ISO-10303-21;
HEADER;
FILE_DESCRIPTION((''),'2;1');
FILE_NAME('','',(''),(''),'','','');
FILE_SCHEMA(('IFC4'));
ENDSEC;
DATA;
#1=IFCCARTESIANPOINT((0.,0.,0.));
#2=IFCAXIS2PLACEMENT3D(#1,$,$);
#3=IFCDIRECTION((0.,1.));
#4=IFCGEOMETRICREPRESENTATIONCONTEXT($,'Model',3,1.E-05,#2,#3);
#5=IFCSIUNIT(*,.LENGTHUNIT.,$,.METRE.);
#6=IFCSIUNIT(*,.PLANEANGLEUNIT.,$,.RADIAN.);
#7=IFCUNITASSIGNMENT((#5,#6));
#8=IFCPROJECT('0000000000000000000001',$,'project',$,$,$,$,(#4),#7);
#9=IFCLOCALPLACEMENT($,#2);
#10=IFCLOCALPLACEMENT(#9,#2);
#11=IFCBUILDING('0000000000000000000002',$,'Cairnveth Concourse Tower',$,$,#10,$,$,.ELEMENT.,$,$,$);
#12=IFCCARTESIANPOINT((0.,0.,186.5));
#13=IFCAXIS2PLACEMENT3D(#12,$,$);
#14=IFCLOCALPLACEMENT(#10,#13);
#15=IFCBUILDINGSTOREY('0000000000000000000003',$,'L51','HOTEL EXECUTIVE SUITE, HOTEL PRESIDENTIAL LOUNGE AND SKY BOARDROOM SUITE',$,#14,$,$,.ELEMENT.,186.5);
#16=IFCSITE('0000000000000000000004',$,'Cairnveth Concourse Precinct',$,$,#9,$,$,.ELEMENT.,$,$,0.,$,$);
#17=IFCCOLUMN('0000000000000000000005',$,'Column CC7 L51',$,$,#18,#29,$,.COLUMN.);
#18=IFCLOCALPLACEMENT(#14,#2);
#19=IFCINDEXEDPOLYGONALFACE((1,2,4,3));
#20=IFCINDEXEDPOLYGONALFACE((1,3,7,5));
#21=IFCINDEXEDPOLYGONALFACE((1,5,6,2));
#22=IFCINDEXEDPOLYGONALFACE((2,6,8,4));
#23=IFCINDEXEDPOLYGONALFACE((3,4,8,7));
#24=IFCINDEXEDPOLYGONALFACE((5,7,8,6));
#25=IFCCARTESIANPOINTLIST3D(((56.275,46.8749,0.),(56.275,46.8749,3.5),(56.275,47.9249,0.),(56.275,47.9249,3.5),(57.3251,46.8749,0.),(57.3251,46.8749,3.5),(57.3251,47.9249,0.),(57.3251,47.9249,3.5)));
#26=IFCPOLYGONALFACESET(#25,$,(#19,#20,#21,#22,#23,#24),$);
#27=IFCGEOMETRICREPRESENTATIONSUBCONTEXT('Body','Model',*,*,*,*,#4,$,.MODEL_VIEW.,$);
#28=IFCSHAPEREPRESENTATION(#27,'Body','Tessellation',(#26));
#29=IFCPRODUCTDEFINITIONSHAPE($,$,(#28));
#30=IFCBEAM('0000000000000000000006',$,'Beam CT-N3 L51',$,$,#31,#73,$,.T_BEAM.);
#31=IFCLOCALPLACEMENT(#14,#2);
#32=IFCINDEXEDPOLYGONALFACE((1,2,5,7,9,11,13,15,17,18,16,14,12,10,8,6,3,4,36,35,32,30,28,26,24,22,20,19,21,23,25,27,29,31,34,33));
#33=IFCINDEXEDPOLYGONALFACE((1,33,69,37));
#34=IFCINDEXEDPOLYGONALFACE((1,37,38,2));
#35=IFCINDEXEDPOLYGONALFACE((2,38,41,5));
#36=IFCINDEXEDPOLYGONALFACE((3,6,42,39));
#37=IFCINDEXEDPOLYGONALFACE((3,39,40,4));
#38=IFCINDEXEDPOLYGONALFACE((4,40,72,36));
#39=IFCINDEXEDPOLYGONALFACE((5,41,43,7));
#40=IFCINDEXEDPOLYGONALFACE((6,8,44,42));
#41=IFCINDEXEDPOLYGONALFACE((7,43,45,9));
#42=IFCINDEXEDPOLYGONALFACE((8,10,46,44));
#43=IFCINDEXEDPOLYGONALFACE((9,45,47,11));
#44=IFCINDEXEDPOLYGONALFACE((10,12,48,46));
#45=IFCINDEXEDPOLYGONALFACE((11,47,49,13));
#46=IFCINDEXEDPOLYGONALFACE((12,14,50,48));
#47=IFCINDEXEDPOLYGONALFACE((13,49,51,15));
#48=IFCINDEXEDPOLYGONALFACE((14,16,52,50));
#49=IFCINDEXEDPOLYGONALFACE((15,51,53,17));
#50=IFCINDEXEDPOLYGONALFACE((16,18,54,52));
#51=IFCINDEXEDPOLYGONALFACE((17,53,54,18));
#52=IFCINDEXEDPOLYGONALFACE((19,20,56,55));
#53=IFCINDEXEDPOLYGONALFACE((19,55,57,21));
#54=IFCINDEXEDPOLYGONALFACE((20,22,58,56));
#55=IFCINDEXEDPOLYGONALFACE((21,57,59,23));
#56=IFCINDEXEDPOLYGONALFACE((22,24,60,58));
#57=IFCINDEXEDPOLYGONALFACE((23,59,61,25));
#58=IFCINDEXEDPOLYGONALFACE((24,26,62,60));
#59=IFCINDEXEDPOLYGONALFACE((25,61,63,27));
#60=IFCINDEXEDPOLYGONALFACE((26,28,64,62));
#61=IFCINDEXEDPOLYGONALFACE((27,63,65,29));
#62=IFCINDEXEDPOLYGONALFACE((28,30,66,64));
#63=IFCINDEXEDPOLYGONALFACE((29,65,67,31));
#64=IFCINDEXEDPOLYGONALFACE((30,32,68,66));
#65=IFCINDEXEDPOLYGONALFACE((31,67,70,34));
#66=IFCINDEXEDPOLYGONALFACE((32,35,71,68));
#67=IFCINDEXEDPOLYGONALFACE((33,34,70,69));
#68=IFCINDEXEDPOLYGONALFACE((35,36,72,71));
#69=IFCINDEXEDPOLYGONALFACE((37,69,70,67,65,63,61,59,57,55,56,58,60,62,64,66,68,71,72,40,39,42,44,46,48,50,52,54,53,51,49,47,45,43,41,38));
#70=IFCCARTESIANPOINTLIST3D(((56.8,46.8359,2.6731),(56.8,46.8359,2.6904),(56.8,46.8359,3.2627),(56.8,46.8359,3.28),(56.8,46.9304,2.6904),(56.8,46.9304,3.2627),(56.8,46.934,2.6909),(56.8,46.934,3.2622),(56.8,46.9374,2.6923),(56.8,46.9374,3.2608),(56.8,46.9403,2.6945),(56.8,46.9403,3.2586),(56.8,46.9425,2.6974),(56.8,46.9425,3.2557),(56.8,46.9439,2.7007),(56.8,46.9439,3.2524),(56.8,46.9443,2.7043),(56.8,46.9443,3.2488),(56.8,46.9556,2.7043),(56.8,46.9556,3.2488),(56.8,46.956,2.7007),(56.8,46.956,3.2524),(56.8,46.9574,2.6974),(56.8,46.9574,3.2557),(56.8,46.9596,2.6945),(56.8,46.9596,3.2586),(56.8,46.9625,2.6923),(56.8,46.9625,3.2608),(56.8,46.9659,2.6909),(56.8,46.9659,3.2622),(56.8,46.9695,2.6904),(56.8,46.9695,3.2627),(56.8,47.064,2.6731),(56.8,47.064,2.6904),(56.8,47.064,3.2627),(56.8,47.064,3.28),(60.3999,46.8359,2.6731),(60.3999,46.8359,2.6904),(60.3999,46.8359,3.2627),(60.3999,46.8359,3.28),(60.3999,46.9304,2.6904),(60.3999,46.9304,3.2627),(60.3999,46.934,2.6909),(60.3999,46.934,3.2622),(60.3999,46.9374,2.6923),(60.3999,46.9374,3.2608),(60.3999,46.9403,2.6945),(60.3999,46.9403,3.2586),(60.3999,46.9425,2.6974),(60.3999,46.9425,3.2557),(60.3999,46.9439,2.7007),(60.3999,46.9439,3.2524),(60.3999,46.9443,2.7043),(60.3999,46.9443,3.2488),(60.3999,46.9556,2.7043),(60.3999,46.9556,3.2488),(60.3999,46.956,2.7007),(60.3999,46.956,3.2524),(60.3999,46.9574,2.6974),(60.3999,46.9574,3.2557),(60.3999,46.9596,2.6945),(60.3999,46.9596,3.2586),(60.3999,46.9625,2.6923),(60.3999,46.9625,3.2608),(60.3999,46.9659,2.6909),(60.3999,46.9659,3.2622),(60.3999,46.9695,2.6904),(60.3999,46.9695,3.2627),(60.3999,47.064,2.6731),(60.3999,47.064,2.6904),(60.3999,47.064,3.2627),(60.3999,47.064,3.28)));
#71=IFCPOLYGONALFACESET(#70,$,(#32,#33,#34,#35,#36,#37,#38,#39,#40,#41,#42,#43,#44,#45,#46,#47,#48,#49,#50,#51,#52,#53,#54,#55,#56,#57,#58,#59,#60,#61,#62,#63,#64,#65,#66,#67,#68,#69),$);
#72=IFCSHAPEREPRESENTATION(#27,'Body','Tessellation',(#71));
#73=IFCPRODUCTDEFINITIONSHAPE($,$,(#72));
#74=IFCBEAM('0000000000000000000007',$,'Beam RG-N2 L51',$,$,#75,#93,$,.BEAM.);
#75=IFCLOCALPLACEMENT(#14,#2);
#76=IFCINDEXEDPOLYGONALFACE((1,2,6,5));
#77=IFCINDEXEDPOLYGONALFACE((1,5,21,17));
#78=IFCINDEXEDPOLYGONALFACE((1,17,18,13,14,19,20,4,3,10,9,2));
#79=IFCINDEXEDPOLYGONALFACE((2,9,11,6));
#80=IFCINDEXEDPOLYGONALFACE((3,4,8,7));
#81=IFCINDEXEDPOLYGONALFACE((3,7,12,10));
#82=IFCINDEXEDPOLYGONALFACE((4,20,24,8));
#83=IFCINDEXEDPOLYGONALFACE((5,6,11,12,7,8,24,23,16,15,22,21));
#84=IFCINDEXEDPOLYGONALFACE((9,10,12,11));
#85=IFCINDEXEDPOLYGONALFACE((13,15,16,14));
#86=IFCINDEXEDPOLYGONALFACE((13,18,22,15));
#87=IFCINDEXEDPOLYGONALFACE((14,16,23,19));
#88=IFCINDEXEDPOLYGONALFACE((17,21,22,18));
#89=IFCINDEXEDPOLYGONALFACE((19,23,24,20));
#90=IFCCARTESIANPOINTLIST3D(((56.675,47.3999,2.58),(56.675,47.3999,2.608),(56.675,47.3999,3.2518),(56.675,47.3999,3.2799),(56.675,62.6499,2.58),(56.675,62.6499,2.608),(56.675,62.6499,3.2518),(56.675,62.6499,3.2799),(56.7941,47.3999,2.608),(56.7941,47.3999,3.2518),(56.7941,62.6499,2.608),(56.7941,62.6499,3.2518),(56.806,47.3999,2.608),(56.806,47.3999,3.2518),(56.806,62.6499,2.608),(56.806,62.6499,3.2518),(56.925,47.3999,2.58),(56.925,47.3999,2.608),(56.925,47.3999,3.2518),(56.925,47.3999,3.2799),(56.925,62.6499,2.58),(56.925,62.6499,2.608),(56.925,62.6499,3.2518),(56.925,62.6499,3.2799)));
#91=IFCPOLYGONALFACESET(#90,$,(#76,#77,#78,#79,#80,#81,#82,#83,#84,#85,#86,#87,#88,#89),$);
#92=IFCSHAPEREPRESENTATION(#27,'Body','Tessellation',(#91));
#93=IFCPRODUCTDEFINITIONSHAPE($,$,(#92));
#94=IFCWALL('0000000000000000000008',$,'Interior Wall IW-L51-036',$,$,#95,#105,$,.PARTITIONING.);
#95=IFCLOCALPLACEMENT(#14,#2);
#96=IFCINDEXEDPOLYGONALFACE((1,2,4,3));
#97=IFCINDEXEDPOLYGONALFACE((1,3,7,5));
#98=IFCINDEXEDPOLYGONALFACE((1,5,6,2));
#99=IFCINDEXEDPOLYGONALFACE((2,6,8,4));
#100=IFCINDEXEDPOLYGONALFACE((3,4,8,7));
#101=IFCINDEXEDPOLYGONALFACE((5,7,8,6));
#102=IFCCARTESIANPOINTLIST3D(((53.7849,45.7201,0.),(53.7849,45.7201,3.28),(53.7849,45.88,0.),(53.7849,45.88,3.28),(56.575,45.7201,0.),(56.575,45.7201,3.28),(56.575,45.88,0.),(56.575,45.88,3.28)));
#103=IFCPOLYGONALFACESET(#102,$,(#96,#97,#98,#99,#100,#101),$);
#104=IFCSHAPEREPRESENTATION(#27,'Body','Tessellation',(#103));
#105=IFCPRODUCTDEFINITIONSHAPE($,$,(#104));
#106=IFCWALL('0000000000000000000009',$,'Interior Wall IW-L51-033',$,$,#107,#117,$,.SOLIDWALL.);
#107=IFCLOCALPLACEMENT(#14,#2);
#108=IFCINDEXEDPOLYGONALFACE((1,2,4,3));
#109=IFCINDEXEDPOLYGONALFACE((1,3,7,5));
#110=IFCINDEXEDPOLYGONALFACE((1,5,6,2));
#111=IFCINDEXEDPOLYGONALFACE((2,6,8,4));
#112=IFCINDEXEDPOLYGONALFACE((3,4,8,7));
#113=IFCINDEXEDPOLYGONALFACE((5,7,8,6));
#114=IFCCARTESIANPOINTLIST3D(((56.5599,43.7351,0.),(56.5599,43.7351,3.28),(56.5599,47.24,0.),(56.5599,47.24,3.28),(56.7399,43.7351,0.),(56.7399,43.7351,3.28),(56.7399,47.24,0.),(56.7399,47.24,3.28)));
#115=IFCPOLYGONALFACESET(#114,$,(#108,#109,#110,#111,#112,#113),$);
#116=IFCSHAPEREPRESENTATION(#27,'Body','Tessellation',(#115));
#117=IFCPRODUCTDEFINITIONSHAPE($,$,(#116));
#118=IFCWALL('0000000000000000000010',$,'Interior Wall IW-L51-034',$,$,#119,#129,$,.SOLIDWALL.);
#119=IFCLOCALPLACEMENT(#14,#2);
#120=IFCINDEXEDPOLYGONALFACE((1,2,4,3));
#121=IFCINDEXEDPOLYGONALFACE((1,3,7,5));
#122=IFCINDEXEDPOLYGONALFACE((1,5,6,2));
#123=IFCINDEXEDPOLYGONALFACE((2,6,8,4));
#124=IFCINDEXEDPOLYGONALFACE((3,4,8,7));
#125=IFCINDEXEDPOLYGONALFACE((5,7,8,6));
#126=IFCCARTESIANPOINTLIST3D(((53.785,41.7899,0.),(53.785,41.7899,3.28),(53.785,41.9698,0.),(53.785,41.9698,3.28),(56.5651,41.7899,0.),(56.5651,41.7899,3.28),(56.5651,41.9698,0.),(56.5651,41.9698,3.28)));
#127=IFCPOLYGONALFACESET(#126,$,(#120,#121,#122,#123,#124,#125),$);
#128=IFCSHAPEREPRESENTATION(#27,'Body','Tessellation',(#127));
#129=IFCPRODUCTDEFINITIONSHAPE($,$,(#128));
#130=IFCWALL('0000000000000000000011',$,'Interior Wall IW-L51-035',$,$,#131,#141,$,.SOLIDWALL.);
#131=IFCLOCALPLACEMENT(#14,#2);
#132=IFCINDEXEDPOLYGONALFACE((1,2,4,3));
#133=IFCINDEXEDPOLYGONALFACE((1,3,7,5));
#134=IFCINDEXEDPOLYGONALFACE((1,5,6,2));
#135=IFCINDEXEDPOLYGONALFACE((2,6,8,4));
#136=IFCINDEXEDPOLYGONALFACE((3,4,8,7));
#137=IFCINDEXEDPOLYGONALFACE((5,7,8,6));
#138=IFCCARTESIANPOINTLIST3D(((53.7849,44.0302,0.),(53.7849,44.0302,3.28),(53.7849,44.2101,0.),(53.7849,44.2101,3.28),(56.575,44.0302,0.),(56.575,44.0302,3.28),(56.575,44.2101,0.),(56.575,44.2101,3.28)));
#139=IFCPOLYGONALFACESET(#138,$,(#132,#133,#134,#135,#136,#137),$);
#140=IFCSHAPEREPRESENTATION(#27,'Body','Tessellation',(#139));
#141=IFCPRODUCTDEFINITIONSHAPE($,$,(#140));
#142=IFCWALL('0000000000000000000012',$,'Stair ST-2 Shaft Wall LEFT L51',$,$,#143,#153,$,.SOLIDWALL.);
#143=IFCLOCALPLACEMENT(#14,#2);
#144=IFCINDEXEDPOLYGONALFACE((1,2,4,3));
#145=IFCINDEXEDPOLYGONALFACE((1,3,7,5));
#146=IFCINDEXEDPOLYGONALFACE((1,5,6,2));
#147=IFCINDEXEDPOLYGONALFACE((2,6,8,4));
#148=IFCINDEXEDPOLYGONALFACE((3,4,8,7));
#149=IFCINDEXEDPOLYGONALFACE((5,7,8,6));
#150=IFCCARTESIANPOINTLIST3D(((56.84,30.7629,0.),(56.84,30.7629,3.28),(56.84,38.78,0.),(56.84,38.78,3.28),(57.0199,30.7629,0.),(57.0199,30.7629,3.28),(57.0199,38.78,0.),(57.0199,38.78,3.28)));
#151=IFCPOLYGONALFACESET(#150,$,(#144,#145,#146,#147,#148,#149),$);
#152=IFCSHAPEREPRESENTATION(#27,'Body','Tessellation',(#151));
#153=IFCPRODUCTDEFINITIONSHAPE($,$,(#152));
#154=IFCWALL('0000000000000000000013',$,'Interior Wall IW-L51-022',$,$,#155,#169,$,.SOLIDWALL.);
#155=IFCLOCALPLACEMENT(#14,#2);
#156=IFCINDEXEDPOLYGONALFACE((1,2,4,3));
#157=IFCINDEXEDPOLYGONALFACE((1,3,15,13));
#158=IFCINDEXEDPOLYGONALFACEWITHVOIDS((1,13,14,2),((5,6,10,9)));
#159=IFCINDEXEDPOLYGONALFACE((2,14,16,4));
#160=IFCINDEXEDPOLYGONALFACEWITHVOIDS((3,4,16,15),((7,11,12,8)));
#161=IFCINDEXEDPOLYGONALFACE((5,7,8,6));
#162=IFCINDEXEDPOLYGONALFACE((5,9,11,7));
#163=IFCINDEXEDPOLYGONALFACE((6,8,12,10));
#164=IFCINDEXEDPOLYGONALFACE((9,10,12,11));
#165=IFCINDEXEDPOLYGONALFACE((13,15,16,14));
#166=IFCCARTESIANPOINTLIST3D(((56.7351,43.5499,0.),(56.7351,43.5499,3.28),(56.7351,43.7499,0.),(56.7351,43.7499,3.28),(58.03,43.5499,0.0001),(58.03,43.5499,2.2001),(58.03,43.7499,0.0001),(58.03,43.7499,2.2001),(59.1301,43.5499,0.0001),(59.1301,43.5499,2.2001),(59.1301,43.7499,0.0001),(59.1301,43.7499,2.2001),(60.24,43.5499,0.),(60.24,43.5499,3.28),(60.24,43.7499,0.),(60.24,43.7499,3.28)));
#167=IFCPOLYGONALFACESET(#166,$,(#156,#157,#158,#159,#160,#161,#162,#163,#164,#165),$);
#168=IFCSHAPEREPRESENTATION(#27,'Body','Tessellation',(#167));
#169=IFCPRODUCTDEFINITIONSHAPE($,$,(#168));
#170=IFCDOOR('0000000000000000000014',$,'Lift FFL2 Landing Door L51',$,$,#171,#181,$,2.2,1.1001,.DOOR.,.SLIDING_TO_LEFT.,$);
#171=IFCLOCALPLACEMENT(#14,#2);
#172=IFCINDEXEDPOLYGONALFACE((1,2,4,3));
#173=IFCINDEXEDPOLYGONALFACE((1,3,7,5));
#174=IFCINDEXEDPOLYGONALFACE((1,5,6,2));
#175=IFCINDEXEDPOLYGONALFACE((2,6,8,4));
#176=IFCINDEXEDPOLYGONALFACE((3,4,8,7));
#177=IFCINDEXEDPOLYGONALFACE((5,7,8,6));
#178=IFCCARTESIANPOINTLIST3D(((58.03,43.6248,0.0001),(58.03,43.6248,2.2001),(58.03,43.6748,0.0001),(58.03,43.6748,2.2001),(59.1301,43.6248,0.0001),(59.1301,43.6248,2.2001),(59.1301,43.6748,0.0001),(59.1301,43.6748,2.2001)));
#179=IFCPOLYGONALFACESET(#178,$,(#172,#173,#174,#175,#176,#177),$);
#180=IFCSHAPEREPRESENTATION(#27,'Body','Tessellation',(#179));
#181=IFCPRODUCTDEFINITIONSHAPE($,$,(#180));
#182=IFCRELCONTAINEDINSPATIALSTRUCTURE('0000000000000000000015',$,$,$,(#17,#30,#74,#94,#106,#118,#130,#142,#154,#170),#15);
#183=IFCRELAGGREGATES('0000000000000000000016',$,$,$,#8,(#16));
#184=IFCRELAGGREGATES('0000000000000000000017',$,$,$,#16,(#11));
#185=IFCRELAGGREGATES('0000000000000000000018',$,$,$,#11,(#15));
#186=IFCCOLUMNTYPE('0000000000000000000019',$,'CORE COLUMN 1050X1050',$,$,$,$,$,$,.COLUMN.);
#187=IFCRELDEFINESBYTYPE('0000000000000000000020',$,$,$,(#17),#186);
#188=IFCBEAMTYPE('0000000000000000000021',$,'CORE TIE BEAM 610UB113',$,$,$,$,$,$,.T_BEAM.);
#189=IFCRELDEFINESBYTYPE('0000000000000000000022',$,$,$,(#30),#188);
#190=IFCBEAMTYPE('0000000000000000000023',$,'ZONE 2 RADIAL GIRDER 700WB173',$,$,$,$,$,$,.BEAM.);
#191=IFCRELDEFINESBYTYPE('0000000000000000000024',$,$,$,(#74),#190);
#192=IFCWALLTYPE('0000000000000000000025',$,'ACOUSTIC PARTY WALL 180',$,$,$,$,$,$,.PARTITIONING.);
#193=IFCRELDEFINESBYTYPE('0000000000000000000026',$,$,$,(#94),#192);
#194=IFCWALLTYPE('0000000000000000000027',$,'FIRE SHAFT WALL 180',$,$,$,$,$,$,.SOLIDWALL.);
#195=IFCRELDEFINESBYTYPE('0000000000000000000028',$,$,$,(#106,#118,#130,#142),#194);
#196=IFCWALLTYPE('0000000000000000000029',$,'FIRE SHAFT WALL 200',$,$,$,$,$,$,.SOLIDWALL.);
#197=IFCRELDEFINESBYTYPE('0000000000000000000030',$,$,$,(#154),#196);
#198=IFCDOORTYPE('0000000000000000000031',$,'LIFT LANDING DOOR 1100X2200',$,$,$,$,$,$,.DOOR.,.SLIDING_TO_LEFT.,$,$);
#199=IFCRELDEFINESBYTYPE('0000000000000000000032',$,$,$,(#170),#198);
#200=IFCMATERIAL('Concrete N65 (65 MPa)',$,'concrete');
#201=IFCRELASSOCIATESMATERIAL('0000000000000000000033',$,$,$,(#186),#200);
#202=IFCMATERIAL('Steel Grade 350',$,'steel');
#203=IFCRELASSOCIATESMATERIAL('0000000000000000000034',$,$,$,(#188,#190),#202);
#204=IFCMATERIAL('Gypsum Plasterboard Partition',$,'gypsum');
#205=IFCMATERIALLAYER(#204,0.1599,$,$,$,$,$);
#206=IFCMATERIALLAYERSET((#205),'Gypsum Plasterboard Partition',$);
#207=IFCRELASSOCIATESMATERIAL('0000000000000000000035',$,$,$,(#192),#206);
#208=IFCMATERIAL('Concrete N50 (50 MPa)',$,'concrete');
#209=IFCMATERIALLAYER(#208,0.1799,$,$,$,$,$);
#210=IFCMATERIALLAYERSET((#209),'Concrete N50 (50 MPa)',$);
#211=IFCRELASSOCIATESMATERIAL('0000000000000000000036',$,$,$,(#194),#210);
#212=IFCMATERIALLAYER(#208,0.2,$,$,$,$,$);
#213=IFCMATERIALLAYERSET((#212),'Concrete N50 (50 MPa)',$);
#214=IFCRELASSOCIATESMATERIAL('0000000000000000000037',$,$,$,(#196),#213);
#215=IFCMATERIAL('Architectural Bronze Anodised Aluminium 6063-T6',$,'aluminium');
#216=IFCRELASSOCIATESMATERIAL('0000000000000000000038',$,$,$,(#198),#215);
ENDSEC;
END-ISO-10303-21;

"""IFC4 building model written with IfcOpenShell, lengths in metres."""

from ifc_helpers import new_model, si_unit, direction, frame, frame_2d, origin, origin_2d, place, context, subcontext, project, spatial, rectangle, i_section, extrude, material, layer, layer_set, material_profile, profile_set, type_object, element, fill, save


model = new_model("IFC4")

# Units and contexts
model_context = context("Model", 3, precision=1e-05, world=origin(), true_north=direction((0.0, 1.0)))
body_context = subcontext(model_context, "Body", "Model", "MODEL_VIEW")
ifc_project = project(units=[si_unit("LENGTHUNIT", "METRE"), si_unit("PLANEANGLEUNIT", "RADIAN")], contexts=[model_context])

# Site, building, storey
site_placement = place(None, origin())
site = spatial("IfcSite", under=ifc_project, at=site_placement, Name="Cairnveth Concourse Precinct", CompositionType="ELEMENT", RefElevation=0.0)
building_placement = place(site_placement, origin())
building = spatial("IfcBuilding", under=site, at=building_placement, Name="Cairnveth Concourse Tower", CompositionType="ELEMENT")
storey_placement = place(building_placement, frame((0.0, 0.0, 186.5)))
storey = spatial("IfcBuildingStorey", under=building, at=storey_placement, Name="L51", Description="HOTEL EXECUTIVE SUITE, HOTEL PRESIDENTIAL LOUNGE AND SKY BOARDROOM SUITE", CompositionType="ELEMENT", Elevation=186.5)

# Column
ifc_material_1 = material(Name="Concrete N65 (65 MPa)", Category="concrete")
ifc_material_profile_1 = material_profile(ifc_material_1, rectangle(XDim=1.05, YDim=1.05, at=origin_2d()), Name="RC-COL-1050x1050")
ifc_profile_set_1 = profile_set([ifc_material_profile_1], Name="Concrete N65 (65 MPa)")
column_type = type_object("IfcColumnType", Name="CORE COLUMN 1050X1050", PredefinedType="COLUMN", material=ifc_profile_set_1)
column_placement = place(storey_placement, frame((56.8, 47.3999, 0.0), z_axis=(0.0, 0.0, 1.0), x_axis=(1.0, 0.0, 0.0)))
element("IfcColumn", 1, at=column_placement, inside=storey, type_object=column_type, Name="Column CC7 L51", PredefinedType="COLUMN", context=body_context, shape_type="SweptSolid", body=[
    extrude(rectangle(XDim=1.05, YDim=1.05, at=origin_2d()), origin(), (0.0, 0.0, 1.0), 3.5),
])

# Beams
ifc_material_2 = material(Name="Steel Grade 350", Category="steel")
ifc_material_profile_2 = material_profile(ifc_material_2, i_section(OverallWidth=0.228, OverallDepth=0.6069, WebThickness=0.0112, FlangeThickness=0.0173, FilletRadius=0.0139, at=origin_2d()), Name="610UB113")
ifc_profile_set_2 = profile_set([ifc_material_profile_2], Name="Steel Grade 350")
beam_type_1 = type_object("IfcBeamType", Name="CORE TIE BEAM 610UB113", PredefinedType="T_BEAM", material=ifc_profile_set_2)
beam_1_placement = place(storey_placement, frame((56.8, 46.95, 2.9766), z_axis=(1.0, 0.0, 0.0), x_axis=(0.0, 1.0, 0.0)))
element("IfcBeam", 2, at=beam_1_placement, inside=storey, type_object=beam_type_1, Name="Beam CT-N3 L51", PredefinedType="T_BEAM", context=body_context, shape_type="SweptSolid", body=[
    extrude(i_section(OverallWidth=0.228, OverallDepth=0.6069, WebThickness=0.0112, FlangeThickness=0.0173, FilletRadius=0.0139, at=origin_2d()), origin(), (0.0, 0.0, 1.0), 3.5999),
])
ifc_material_profile_3 = material_profile(ifc_material_2, i_section(OverallWidth=0.25, OverallDepth=0.7, WebThickness=0.012, FlangeThickness=0.0281, at=origin_2d()), Name="700WB173")
ifc_profile_set_3 = profile_set([ifc_material_profile_3], Name="Steel Grade 350")
beam_type_2 = type_object("IfcBeamType", Name="ZONE 2 RADIAL GIRDER 700WB173", PredefinedType="BEAM", material=ifc_profile_set_3)
beam_2_placement = place(storey_placement, frame((56.8, 47.3999, 2.9299), z_axis=(0.0, 1.0, 0.0), x_axis=(-1.0, 0.0, 0.0)))
element("IfcBeam", 3, at=beam_2_placement, inside=storey, type_object=beam_type_2, Name="Beam RG-N2 L51", PredefinedType="BEAM", context=body_context, shape_type="SweptSolid", body=[
    extrude(i_section(OverallWidth=0.25, OverallDepth=0.7, WebThickness=0.012, FlangeThickness=0.0281, at=origin_2d()), origin(), (0.0, 0.0, 1.0), 15.25),
])

# Walls
ifc_material_3 = material(Name="Gypsum Plasterboard Partition", Category="gypsum")
ifc_layer_1 = layer(ifc_material_3, 0.1599)
ifc_layer_set_1 = layer_set([ifc_layer_1], Name="Gypsum Plasterboard Partition")
wall_type_1 = type_object("IfcWallType", Name="ACOUSTIC PARTY WALL 180", PredefinedType="PARTITIONING", material=ifc_layer_set_1)
wall_1_placement = place(storey_placement, frame((53.7849, 45.8, 0.0), z_axis=(0.0, 0.0, 1.0), x_axis=(1.0, 0.0, 0.0)))
element("IfcWall", 4, at=wall_1_placement, inside=storey, type_object=wall_type_1, Name="Interior Wall IW-L51-036", PredefinedType="PARTITIONING", context=body_context, shape_type="SweptSolid", body=[
    extrude(rectangle(XDim=2.79, YDim=0.1599, at=frame_2d((1.395, 0.0))), origin(), (0.0, 0.0, 1.0), 3.28),
])
ifc_material_4 = material(Name="Concrete N50 (50 MPa)", Category="concrete")
ifc_layer_2 = layer(ifc_material_4, 0.1799)
ifc_layer_set_2 = layer_set([ifc_layer_2], Name="Concrete N50 (50 MPa)")
wall_type_2 = type_object("IfcWallType", Name="FIRE SHAFT WALL 180", PredefinedType="SOLIDWALL", material=ifc_layer_set_2)
wall_2_placement = place(storey_placement, frame((56.6499, 43.7351, 0.0), z_axis=(0.0, 0.0, 1.0), x_axis=(0.0, 1.0, 0.0)))
element("IfcWall", 5, at=wall_2_placement, inside=storey, type_object=wall_type_2, Name="Interior Wall IW-L51-033", PredefinedType="SOLIDWALL", context=body_context, shape_type="SweptSolid", body=[
    extrude(rectangle(XDim=3.5049, YDim=0.1799, at=frame_2d((1.7524, 0.0))), origin(), (0.0, 0.0, 1.0), 3.28),
])
wall_3_placement = place(storey_placement, frame((53.7849, 41.8799, 0.0), z_axis=(0.0, 0.0, 1.0), x_axis=(1.0, 0.0, 0.0)))
element("IfcWall", 6, at=wall_3_placement, inside=storey, type_object=wall_type_2, Name="Interior Wall IW-L51-034", PredefinedType="SOLIDWALL", context=body_context, shape_type="SweptSolid", body=[
    extrude(rectangle(XDim=2.78, YDim=0.1799, at=frame_2d((1.3901, 0.0))), origin(), (0.0, 0.0, 1.0), 3.28),
])
wall_4_placement = place(storey_placement, frame((53.7849, 44.1201, 0.0), z_axis=(0.0, 0.0, 1.0), x_axis=(1.0, 0.0, 0.0)))
element("IfcWall", 7, at=wall_4_placement, inside=storey, type_object=wall_type_2, Name="Interior Wall IW-L51-035", PredefinedType="SOLIDWALL", context=body_context, shape_type="SweptSolid", body=[
    extrude(rectangle(XDim=2.79, YDim=0.1799, at=frame_2d((1.395, 0.0))), origin(), (0.0, 0.0, 1.0), 3.28),
])

# Wall
wall_5_placement = place(storey_placement, frame((56.9299, 38.78, 0.0), z_axis=(0.0, 0.0, 1.0), x_axis=(0.0, -1.0, 0.0)))
element("IfcWall", 8, at=wall_5_placement, inside=storey, type_object=wall_type_2, Name="Stair ST-2 Shaft Wall LEFT L51", PredefinedType="SOLIDWALL", context=body_context, shape_type="SweptSolid", body=[
    extrude(rectangle(XDim=8.0171, YDim=0.1799, at=frame_2d((4.0085, 0.0))), origin(), (0.0, 0.0, 1.0), 3.28),
])

# Wall, opening, door
ifc_layer_3 = layer(ifc_material_4, 0.2)
ifc_layer_set_3 = layer_set([ifc_layer_3], Name="Concrete N50 (50 MPa)")
wall_type_3 = type_object("IfcWallType", Name="FIRE SHAFT WALL 200", PredefinedType="SOLIDWALL", material=ifc_layer_set_3)
wall_6_placement = place(storey_placement, frame((56.7351, 43.6499, 0.0), z_axis=(0.0, 0.0, 1.0), x_axis=(1.0, 0.0, 0.0)))
wall_6 = element("IfcWall", 9, at=wall_6_placement, inside=storey, type_object=wall_type_3, Name="Interior Wall IW-L51-022", PredefinedType="SOLIDWALL", context=body_context, shape_type="SweptSolid", body=[
    extrude(rectangle(XDim=3.5049, YDim=0.2, at=frame_2d((1.7524, 0.0))), origin(), (0.0, 0.0, 1.0), 3.28),
])
opening_1_placement = place(wall_6_placement, frame((1.2949, 0.0, 0.0)))
opening_1 = element("IfcOpeningElement", 10, at=opening_1_placement, cuts=wall_6, PredefinedType="OPENING", context=body_context, shape_type="SweptSolid", body=[
    extrude(rectangle(XDim=1.1001, YDim=2.2, at=frame_2d((0.55, 1.1001))), frame((0.0, 0.1099, 0.0), z_axis=(0.0, -1.0, 0.0), x_axis=(1.0, 0.0, 0.0)), (0.0, 0.0, 1.0), 0.22),
])
ifc_material_5 = material(Name="Architectural Bronze Anodised Aluminium 6063-T6", Category="aluminium")
door_type_1 = type_object("IfcDoorType", Name="LIFT LANDING DOOR 1100X2200", OperationType="SLIDING_TO_LEFT", PredefinedType="DOOR", material=ifc_material_5)
door_1_placement = place(opening_1_placement, origin())
door_1 = element("IfcDoor", 11, at=door_1_placement, inside=storey, type_object=door_type_1, Name="Lift FFL2 Landing Door L51", OperationType="SLIDING_TO_LEFT", OverallHeight=2.2, OverallWidth=1.1001, PredefinedType="DOOR", context=body_context, shape_type="SweptSolid", body=[
    extrude(rectangle(XDim=1.1001, YDim=2.2, at=frame_2d((0.55, 1.1001))), frame((0.0, 0.0249, 0.0), z_axis=(0.0, -1.0, 0.0), x_axis=(1.0, 0.0, 0.0)), (0.0, 0.0, 1.0), 0.05),
])
fill(opening_1, door_1)

save(model, "model.ifc")
